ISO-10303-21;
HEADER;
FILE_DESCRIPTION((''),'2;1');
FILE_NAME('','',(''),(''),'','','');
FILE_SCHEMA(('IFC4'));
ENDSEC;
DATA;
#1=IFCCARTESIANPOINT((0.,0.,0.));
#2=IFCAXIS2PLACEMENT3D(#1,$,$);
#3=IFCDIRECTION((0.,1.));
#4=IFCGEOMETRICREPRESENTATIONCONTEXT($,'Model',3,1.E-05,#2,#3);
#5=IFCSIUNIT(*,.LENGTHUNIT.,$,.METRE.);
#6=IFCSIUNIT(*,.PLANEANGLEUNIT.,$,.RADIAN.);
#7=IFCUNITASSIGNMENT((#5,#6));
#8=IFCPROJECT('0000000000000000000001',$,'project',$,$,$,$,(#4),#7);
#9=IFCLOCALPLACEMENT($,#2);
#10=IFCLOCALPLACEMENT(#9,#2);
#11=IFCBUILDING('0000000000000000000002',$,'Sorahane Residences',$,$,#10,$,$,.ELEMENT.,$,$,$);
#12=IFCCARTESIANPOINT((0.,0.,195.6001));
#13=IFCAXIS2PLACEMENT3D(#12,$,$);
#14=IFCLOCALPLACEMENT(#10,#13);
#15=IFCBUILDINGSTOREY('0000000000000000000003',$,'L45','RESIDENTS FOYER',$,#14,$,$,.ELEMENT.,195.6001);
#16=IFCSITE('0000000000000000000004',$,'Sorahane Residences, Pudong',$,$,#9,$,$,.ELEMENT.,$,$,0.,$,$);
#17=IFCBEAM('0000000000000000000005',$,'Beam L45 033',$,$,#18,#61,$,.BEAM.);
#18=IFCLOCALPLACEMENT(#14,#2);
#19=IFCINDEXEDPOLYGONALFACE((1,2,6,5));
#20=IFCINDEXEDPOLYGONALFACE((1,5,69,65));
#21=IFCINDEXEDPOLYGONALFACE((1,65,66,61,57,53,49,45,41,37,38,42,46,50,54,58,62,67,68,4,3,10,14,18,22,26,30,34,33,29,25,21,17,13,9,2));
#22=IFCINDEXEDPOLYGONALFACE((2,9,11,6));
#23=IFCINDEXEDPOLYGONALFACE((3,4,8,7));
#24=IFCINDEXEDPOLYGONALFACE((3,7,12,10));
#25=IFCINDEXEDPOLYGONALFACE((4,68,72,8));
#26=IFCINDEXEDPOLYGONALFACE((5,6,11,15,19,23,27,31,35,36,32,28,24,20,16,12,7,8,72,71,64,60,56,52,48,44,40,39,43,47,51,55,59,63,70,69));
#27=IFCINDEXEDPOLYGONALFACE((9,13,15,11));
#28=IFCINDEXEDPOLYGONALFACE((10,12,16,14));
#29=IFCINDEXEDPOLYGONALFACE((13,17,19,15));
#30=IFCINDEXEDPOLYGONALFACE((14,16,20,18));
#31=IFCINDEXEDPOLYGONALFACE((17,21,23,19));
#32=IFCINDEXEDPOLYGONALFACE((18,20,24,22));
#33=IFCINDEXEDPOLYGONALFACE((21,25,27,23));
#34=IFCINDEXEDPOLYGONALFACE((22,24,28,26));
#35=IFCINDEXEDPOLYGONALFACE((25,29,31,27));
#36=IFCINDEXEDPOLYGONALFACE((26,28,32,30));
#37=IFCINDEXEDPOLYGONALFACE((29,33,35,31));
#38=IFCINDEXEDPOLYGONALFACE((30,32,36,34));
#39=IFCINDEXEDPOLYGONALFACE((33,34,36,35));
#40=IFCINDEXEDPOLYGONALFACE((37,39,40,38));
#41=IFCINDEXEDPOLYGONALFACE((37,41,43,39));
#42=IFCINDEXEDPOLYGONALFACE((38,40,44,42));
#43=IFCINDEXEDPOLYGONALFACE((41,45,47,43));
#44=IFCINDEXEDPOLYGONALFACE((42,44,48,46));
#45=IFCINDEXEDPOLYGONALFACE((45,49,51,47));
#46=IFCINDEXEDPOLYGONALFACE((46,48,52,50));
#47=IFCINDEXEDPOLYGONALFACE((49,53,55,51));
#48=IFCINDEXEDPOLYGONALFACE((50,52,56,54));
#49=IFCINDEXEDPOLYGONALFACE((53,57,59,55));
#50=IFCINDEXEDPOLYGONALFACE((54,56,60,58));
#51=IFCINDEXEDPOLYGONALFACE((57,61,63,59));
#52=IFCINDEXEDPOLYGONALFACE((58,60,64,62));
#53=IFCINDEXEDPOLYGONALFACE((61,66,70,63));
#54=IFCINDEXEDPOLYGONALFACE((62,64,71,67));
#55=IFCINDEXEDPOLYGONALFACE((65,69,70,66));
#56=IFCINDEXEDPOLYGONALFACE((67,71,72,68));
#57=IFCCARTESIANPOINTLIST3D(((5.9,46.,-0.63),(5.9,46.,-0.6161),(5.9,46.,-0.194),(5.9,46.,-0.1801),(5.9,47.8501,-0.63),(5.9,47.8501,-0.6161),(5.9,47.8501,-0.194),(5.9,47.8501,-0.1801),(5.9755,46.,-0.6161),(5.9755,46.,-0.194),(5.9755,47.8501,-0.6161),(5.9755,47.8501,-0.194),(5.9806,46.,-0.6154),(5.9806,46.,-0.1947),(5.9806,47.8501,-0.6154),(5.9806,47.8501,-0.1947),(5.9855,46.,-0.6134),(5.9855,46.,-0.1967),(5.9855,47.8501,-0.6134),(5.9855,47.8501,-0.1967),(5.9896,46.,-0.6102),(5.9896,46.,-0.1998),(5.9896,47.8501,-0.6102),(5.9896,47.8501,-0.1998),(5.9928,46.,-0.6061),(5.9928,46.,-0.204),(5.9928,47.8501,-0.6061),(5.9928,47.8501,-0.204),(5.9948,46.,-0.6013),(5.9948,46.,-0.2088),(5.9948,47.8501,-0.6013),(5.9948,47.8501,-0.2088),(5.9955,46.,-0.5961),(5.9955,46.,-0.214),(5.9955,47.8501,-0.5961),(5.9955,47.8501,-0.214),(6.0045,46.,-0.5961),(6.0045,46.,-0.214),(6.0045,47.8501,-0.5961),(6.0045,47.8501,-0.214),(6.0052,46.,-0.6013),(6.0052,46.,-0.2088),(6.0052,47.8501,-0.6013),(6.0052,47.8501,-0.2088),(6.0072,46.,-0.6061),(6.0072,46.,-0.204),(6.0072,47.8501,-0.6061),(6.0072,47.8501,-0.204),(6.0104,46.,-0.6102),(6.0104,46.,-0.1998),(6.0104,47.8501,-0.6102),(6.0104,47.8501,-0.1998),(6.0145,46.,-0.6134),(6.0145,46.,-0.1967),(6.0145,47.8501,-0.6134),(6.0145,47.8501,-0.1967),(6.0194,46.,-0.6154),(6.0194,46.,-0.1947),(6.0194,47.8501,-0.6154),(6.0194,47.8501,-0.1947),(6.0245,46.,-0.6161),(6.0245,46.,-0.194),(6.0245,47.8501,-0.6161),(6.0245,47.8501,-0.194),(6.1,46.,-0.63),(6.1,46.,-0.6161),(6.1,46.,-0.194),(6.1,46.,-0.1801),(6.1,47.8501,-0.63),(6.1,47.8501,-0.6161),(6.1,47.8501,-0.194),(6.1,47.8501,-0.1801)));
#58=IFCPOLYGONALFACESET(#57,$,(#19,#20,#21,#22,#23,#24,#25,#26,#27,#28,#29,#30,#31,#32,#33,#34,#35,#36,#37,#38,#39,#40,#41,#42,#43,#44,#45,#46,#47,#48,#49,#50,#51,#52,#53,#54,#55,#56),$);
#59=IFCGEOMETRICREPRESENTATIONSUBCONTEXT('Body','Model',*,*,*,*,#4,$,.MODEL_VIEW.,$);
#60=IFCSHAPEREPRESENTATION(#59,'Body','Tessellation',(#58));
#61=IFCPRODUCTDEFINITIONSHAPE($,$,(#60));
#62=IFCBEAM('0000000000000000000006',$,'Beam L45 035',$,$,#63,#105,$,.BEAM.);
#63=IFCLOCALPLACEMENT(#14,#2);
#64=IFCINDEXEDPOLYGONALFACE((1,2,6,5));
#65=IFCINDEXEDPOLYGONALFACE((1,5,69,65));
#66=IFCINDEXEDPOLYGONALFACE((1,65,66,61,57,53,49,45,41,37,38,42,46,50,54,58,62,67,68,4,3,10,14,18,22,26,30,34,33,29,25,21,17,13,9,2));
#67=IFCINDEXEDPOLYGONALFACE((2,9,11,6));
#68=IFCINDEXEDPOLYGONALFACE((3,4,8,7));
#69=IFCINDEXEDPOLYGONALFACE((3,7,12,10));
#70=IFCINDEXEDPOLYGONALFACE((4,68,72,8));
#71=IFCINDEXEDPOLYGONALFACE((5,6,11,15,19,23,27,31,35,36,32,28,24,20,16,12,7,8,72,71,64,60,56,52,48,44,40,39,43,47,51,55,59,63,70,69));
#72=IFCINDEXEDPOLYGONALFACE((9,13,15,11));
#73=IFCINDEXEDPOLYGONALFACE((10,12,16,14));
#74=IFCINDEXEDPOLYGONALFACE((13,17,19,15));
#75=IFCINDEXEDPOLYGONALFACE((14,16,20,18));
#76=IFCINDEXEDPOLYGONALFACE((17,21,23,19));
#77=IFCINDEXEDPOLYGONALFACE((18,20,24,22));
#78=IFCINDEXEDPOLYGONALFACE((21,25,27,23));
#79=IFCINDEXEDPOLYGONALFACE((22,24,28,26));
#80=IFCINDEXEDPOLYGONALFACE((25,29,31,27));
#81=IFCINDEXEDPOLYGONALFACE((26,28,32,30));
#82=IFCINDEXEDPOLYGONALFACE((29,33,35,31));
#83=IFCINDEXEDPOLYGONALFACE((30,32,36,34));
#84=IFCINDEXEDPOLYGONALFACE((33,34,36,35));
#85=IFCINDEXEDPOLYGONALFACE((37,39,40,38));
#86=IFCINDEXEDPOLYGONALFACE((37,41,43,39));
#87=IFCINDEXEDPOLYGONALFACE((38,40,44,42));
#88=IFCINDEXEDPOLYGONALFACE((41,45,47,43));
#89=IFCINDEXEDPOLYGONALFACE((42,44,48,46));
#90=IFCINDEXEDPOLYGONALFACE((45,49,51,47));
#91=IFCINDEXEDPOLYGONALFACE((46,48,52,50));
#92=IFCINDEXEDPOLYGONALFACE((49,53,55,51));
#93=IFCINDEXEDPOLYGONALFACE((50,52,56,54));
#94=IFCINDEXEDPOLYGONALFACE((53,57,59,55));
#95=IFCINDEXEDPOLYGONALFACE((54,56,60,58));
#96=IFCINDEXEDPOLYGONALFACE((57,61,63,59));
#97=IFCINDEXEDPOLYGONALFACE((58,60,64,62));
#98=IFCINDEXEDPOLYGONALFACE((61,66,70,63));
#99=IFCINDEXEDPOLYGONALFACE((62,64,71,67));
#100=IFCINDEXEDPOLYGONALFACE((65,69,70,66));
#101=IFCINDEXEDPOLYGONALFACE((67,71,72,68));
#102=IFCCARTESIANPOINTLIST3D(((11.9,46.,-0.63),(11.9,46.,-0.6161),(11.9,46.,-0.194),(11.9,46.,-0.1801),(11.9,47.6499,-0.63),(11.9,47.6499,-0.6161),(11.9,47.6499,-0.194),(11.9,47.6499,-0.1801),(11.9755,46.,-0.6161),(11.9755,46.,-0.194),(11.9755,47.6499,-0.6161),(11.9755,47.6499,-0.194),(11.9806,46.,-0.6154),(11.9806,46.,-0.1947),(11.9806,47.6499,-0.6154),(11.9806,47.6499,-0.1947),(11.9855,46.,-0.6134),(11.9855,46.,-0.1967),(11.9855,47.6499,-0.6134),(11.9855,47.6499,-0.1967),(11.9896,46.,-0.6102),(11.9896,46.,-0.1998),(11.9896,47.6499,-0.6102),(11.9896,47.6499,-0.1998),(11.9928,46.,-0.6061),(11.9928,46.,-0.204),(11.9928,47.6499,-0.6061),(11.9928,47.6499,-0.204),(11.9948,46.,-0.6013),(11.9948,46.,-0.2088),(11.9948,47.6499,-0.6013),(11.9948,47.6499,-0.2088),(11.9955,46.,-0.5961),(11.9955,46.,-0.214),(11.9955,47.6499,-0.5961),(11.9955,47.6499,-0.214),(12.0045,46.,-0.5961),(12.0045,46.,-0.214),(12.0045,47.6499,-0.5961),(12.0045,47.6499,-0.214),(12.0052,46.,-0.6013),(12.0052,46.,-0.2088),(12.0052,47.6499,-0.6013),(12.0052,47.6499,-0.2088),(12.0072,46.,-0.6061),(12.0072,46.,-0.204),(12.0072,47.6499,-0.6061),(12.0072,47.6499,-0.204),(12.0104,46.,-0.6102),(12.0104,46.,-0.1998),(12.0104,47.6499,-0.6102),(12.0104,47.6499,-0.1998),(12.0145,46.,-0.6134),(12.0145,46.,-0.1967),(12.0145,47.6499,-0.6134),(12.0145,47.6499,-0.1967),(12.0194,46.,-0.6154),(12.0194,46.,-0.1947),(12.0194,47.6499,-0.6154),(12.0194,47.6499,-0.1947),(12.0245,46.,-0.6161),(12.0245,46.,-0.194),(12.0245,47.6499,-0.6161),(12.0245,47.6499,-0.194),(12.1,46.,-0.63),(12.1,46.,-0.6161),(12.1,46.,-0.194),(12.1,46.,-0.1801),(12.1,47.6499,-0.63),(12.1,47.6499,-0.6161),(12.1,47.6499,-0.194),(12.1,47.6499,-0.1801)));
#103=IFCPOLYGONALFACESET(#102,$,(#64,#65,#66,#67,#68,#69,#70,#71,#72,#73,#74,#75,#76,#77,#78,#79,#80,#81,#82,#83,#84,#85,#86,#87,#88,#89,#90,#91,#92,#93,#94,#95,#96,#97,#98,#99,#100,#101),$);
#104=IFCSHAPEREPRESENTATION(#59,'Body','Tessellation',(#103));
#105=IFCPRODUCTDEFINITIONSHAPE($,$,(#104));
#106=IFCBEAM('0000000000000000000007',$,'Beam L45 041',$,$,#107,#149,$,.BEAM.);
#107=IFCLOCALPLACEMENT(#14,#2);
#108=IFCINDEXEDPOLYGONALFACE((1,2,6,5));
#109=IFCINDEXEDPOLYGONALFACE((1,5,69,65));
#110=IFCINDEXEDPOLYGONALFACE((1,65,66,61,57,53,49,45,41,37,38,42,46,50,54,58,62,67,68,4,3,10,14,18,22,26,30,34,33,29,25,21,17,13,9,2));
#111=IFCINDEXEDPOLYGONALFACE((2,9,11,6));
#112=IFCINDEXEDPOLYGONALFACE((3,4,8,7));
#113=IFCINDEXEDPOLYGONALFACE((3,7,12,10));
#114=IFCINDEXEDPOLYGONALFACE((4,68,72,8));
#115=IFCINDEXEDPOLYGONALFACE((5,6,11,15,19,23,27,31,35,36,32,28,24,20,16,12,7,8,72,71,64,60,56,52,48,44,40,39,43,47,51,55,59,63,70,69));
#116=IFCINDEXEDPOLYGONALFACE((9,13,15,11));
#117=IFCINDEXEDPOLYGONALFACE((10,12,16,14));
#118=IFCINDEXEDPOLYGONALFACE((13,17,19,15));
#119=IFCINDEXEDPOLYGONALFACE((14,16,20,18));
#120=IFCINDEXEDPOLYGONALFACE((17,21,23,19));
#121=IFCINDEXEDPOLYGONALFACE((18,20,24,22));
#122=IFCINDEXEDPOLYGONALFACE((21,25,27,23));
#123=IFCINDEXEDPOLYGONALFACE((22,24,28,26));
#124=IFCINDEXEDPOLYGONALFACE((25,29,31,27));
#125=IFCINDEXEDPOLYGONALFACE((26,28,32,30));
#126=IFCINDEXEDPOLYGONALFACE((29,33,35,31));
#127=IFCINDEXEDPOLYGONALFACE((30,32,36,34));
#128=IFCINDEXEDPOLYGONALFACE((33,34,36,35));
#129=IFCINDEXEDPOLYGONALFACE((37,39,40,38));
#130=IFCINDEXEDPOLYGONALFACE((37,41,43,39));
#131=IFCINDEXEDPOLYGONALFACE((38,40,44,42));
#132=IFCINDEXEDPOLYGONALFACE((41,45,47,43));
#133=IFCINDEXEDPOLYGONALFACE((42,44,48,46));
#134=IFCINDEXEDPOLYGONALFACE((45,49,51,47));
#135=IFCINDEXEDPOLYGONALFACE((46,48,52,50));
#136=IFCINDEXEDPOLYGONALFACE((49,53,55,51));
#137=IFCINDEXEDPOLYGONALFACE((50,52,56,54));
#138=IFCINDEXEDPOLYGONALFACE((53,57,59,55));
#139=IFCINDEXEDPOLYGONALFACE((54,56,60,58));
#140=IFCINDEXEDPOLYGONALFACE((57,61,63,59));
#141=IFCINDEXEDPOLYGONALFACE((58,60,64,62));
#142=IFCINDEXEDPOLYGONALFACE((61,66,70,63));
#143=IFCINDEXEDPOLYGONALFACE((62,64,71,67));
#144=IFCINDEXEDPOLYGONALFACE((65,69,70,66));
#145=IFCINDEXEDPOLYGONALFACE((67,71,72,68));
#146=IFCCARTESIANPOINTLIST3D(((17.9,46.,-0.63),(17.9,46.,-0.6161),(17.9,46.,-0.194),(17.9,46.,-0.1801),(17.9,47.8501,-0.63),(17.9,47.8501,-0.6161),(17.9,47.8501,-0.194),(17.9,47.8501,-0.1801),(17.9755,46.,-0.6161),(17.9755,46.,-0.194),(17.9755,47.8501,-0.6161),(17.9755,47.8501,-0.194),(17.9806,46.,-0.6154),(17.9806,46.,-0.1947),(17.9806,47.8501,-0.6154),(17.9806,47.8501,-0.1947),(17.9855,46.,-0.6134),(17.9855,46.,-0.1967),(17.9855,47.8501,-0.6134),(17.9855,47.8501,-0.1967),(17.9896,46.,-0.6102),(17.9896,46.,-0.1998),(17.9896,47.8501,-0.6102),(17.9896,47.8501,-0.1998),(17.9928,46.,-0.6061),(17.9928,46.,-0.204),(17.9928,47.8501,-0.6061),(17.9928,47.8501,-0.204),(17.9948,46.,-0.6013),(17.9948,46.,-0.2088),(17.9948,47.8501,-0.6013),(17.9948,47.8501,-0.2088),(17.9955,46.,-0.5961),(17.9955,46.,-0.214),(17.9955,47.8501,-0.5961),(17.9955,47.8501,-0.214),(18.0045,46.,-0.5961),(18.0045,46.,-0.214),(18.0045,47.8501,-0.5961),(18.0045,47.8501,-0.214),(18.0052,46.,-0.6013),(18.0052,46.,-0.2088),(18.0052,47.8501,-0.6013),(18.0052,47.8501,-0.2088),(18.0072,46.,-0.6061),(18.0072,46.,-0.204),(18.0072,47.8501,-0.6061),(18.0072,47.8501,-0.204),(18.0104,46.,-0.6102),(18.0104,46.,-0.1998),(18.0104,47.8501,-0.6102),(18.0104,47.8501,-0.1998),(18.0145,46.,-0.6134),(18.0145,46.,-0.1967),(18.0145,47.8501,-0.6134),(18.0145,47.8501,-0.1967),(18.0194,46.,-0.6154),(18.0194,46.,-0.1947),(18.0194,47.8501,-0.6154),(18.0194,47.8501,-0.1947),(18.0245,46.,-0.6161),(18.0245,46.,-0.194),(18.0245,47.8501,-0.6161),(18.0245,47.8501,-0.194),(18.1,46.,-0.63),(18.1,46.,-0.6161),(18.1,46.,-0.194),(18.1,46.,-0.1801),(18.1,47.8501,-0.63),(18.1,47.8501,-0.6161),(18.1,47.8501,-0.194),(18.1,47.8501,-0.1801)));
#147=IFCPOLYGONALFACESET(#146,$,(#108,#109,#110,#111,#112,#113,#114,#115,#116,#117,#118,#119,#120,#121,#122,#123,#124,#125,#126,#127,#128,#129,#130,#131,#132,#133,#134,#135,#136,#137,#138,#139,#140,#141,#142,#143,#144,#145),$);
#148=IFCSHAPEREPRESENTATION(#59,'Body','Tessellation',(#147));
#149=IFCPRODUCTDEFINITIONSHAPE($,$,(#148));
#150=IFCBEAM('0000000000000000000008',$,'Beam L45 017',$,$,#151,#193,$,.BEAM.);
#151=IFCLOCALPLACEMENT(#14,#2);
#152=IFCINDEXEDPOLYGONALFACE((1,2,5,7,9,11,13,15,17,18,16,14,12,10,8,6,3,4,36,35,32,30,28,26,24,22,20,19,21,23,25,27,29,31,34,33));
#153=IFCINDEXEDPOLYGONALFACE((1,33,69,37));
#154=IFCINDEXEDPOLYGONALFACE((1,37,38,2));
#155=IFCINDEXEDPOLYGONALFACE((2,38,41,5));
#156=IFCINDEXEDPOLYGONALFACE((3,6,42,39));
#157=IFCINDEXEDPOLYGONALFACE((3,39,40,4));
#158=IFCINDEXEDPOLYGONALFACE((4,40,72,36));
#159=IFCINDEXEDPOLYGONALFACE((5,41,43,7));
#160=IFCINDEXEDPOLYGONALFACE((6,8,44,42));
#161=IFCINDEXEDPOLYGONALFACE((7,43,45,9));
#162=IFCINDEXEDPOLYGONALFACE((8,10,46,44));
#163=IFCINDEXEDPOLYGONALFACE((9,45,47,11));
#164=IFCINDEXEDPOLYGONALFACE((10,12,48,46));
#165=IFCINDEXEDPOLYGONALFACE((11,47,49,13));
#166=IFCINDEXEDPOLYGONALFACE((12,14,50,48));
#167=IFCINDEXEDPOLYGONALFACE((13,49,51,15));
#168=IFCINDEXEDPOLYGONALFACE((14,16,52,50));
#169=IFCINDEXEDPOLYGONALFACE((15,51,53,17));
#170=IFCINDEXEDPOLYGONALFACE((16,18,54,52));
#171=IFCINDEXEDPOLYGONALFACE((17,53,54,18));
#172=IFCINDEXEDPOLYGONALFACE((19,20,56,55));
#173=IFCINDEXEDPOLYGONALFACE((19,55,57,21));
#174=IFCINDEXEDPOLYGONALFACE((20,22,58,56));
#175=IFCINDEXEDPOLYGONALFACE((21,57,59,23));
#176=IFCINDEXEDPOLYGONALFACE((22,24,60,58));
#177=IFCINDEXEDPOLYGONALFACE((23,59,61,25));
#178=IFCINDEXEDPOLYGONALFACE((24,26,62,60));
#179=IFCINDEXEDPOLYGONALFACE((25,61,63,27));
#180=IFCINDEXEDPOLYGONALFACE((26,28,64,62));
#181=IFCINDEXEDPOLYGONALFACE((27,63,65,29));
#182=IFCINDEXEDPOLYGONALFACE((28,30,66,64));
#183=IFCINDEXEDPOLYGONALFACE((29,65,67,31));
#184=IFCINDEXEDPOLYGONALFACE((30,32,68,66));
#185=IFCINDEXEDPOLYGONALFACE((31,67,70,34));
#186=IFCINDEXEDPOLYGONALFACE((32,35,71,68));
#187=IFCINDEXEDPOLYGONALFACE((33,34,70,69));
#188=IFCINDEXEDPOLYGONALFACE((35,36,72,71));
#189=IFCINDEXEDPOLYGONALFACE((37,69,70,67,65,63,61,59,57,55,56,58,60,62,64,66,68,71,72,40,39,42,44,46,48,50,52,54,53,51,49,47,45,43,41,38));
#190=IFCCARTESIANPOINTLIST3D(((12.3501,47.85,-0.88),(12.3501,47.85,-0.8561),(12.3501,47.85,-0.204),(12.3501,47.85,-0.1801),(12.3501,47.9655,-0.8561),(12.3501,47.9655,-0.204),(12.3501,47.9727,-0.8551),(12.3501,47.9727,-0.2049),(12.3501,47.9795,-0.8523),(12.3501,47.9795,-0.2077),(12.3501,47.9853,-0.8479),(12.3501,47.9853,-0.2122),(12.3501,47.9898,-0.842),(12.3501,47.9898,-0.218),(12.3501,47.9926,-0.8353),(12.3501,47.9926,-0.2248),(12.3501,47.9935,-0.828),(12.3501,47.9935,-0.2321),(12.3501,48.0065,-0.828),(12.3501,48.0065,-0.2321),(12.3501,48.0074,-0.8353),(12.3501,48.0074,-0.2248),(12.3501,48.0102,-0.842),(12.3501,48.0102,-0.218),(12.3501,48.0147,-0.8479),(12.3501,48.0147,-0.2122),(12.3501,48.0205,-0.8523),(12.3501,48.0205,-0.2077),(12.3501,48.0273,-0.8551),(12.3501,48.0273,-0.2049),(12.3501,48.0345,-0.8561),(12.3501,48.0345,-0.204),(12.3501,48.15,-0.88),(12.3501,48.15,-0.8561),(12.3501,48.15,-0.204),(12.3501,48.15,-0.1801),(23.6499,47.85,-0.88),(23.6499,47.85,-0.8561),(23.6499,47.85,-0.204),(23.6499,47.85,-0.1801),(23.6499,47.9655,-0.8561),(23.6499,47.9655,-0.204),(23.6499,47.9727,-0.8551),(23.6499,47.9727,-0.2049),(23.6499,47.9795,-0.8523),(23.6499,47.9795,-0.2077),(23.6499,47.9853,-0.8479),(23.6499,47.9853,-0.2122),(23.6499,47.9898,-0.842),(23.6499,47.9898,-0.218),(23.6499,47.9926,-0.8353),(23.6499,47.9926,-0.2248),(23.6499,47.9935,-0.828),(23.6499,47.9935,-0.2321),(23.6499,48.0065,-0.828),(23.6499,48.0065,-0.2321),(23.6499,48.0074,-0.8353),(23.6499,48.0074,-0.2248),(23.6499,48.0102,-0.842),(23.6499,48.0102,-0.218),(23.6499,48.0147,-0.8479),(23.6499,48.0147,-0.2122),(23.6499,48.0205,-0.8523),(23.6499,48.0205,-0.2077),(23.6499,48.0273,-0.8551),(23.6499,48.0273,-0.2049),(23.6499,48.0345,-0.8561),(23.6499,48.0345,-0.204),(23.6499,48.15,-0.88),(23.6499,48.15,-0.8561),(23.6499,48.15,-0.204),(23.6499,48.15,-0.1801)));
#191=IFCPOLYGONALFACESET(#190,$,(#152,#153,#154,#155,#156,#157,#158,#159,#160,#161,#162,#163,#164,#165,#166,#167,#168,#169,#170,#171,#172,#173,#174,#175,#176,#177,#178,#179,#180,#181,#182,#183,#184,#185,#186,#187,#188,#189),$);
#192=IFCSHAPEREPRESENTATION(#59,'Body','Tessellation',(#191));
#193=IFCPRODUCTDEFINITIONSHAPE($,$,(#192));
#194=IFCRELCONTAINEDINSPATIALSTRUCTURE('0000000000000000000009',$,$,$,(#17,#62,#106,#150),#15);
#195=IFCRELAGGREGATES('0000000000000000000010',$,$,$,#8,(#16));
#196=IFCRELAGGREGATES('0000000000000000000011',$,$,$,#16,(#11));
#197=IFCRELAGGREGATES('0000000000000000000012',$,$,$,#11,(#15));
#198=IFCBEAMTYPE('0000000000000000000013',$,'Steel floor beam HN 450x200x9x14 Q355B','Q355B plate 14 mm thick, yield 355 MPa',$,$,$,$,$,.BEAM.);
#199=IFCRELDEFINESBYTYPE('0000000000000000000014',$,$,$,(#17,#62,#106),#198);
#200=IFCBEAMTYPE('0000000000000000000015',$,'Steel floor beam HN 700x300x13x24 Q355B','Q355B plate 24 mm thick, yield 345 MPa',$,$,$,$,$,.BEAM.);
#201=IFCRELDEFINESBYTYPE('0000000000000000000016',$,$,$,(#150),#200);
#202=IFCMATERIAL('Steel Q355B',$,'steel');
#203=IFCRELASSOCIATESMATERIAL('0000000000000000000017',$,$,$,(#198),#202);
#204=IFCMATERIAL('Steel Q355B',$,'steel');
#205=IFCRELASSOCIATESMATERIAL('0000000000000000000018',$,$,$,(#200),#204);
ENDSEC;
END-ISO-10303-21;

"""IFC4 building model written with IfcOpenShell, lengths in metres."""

from ifc_helpers import new_model, si_unit, direction, frame, origin, origin_2d, place, context, subcontext, project, spatial, i_section, extrude, material, material_profile, profile_set, type_object, element, save


model = new_model("IFC4")

# Units and contexts
model_context = context("Model", 3, precision=1e-05, world=origin(), true_north=direction((0.0, 1.0)))
body_context = subcontext(model_context, "Body", "Model", "MODEL_VIEW")
ifc_project = project(units=[si_unit("LENGTHUNIT", "METRE"), si_unit("PLANEANGLEUNIT", "RADIAN")], contexts=[model_context])

# Site, building, storey
site_placement = place(None, origin())
site = spatial("IfcSite", under=ifc_project, at=site_placement, Name="Sorahane Residences, Pudong", CompositionType="ELEMENT", RefElevation=0.0)
building_placement = place(site_placement, origin())
building = spatial("IfcBuilding", under=site, at=building_placement, Name="Sorahane Residences", CompositionType="ELEMENT")
storey_placement = place(building_placement, frame((0.0, 0.0, 195.6001)))
storey = spatial("IfcBuildingStorey", under=building, at=storey_placement, Name="L45", Description="RESIDENTS FOYER", CompositionType="ELEMENT", Elevation=195.6001)

# Beams
ifc_material_1 = material(Name="Steel Q355B", Category="steel")
ifc_material_profile_1 = material_profile(ifc_material_1, i_section(OverallWidth=0.2, OverallDepth=0.45, WebThickness=0.009, FlangeThickness=0.0139, FilletRadius=0.02, at=origin_2d()), Name="HN 450x200x9x14")
ifc_profile_set_1 = profile_set([ifc_material_profile_1], Name="Steel Q355B")
beam_type_1 = type_object("IfcBeamType", Name="Steel floor beam HN 450x200x9x14 Q355B", Description="Q355B plate 14 mm thick, yield 355 MPa", PredefinedType="BEAM", material=ifc_profile_set_1)
beam_1_placement = place(storey_placement, frame((6.0, 46.0, -0.405), z_axis=(0.0, 1.0, 0.0), x_axis=(-1.0, 0.0, 0.0)))
element("IfcBeam", 1, at=beam_1_placement, inside=storey, type_object=beam_type_1, Name="Beam L45 033", PredefinedType="BEAM", context=body_context, shape_type="SweptSolid", body=[
    extrude(i_section(OverallWidth=0.2, OverallDepth=0.45, WebThickness=0.009, FlangeThickness=0.0139, FilletRadius=0.02, at=origin_2d()), origin(), (0.0, 0.0, 1.0), 1.8501),
])
beam_2_placement = place(storey_placement, frame((12.0, 46.0, -0.405), z_axis=(0.0, 1.0, 0.0), x_axis=(-1.0, 0.0, 0.0)))
element("IfcBeam", 2, at=beam_2_placement, inside=storey, type_object=beam_type_1, Name="Beam L45 035", PredefinedType="BEAM", context=body_context, shape_type="SweptSolid", body=[
    extrude(i_section(OverallWidth=0.2, OverallDepth=0.45, WebThickness=0.009, FlangeThickness=0.0139, FilletRadius=0.02, at=origin_2d()), origin(), (0.0, 0.0, 1.0), 1.6499),
])
beam_3_placement = place(storey_placement, frame((18.0, 46.0, -0.405), z_axis=(0.0, 1.0, 0.0), x_axis=(-1.0, 0.0, 0.0)))
element("IfcBeam", 3, at=beam_3_placement, inside=storey, type_object=beam_type_1, Name="Beam L45 041", PredefinedType="BEAM", context=body_context, shape_type="SweptSolid", body=[
    extrude(i_section(OverallWidth=0.2, OverallDepth=0.45, WebThickness=0.009, FlangeThickness=0.0139, FilletRadius=0.02, at=origin_2d()), origin(), (0.0, 0.0, 1.0), 1.8501),
])
ifc_material_2 = material(Name="Steel Q355B", Category="steel")
ifc_material_profile_2 = material_profile(ifc_material_2, i_section(OverallWidth=0.3, OverallDepth=0.7, WebThickness=0.0129, FlangeThickness=0.0239, FilletRadius=0.0281, at=origin_2d()), Name="HN 700x300x13x24")
ifc_profile_set_2 = profile_set([ifc_material_profile_2], Name="Steel Q355B")
beam_type_2 = type_object("IfcBeamType", Name="Steel floor beam HN 700x300x13x24 Q355B", Description="Q355B plate 24 mm thick, yield 345 MPa", PredefinedType="BEAM", material=ifc_profile_set_2)
beam_4_placement = place(storey_placement, frame((12.3501, 48.0, -0.53), z_axis=(1.0, 0.0, 0.0), x_axis=(0.0, 1.0, 0.0)))
element("IfcBeam", 4, at=beam_4_placement, inside=storey, type_object=beam_type_2, Name="Beam L45 017", PredefinedType="BEAM", context=body_context, shape_type="SweptSolid", body=[
    extrude(i_section(OverallWidth=0.3, OverallDepth=0.7, WebThickness=0.0129, FlangeThickness=0.0239, FilletRadius=0.0281, at=origin_2d()), origin(), (0.0, 0.0, 1.0), 11.2998),
])

save(model, "model.ifc")
